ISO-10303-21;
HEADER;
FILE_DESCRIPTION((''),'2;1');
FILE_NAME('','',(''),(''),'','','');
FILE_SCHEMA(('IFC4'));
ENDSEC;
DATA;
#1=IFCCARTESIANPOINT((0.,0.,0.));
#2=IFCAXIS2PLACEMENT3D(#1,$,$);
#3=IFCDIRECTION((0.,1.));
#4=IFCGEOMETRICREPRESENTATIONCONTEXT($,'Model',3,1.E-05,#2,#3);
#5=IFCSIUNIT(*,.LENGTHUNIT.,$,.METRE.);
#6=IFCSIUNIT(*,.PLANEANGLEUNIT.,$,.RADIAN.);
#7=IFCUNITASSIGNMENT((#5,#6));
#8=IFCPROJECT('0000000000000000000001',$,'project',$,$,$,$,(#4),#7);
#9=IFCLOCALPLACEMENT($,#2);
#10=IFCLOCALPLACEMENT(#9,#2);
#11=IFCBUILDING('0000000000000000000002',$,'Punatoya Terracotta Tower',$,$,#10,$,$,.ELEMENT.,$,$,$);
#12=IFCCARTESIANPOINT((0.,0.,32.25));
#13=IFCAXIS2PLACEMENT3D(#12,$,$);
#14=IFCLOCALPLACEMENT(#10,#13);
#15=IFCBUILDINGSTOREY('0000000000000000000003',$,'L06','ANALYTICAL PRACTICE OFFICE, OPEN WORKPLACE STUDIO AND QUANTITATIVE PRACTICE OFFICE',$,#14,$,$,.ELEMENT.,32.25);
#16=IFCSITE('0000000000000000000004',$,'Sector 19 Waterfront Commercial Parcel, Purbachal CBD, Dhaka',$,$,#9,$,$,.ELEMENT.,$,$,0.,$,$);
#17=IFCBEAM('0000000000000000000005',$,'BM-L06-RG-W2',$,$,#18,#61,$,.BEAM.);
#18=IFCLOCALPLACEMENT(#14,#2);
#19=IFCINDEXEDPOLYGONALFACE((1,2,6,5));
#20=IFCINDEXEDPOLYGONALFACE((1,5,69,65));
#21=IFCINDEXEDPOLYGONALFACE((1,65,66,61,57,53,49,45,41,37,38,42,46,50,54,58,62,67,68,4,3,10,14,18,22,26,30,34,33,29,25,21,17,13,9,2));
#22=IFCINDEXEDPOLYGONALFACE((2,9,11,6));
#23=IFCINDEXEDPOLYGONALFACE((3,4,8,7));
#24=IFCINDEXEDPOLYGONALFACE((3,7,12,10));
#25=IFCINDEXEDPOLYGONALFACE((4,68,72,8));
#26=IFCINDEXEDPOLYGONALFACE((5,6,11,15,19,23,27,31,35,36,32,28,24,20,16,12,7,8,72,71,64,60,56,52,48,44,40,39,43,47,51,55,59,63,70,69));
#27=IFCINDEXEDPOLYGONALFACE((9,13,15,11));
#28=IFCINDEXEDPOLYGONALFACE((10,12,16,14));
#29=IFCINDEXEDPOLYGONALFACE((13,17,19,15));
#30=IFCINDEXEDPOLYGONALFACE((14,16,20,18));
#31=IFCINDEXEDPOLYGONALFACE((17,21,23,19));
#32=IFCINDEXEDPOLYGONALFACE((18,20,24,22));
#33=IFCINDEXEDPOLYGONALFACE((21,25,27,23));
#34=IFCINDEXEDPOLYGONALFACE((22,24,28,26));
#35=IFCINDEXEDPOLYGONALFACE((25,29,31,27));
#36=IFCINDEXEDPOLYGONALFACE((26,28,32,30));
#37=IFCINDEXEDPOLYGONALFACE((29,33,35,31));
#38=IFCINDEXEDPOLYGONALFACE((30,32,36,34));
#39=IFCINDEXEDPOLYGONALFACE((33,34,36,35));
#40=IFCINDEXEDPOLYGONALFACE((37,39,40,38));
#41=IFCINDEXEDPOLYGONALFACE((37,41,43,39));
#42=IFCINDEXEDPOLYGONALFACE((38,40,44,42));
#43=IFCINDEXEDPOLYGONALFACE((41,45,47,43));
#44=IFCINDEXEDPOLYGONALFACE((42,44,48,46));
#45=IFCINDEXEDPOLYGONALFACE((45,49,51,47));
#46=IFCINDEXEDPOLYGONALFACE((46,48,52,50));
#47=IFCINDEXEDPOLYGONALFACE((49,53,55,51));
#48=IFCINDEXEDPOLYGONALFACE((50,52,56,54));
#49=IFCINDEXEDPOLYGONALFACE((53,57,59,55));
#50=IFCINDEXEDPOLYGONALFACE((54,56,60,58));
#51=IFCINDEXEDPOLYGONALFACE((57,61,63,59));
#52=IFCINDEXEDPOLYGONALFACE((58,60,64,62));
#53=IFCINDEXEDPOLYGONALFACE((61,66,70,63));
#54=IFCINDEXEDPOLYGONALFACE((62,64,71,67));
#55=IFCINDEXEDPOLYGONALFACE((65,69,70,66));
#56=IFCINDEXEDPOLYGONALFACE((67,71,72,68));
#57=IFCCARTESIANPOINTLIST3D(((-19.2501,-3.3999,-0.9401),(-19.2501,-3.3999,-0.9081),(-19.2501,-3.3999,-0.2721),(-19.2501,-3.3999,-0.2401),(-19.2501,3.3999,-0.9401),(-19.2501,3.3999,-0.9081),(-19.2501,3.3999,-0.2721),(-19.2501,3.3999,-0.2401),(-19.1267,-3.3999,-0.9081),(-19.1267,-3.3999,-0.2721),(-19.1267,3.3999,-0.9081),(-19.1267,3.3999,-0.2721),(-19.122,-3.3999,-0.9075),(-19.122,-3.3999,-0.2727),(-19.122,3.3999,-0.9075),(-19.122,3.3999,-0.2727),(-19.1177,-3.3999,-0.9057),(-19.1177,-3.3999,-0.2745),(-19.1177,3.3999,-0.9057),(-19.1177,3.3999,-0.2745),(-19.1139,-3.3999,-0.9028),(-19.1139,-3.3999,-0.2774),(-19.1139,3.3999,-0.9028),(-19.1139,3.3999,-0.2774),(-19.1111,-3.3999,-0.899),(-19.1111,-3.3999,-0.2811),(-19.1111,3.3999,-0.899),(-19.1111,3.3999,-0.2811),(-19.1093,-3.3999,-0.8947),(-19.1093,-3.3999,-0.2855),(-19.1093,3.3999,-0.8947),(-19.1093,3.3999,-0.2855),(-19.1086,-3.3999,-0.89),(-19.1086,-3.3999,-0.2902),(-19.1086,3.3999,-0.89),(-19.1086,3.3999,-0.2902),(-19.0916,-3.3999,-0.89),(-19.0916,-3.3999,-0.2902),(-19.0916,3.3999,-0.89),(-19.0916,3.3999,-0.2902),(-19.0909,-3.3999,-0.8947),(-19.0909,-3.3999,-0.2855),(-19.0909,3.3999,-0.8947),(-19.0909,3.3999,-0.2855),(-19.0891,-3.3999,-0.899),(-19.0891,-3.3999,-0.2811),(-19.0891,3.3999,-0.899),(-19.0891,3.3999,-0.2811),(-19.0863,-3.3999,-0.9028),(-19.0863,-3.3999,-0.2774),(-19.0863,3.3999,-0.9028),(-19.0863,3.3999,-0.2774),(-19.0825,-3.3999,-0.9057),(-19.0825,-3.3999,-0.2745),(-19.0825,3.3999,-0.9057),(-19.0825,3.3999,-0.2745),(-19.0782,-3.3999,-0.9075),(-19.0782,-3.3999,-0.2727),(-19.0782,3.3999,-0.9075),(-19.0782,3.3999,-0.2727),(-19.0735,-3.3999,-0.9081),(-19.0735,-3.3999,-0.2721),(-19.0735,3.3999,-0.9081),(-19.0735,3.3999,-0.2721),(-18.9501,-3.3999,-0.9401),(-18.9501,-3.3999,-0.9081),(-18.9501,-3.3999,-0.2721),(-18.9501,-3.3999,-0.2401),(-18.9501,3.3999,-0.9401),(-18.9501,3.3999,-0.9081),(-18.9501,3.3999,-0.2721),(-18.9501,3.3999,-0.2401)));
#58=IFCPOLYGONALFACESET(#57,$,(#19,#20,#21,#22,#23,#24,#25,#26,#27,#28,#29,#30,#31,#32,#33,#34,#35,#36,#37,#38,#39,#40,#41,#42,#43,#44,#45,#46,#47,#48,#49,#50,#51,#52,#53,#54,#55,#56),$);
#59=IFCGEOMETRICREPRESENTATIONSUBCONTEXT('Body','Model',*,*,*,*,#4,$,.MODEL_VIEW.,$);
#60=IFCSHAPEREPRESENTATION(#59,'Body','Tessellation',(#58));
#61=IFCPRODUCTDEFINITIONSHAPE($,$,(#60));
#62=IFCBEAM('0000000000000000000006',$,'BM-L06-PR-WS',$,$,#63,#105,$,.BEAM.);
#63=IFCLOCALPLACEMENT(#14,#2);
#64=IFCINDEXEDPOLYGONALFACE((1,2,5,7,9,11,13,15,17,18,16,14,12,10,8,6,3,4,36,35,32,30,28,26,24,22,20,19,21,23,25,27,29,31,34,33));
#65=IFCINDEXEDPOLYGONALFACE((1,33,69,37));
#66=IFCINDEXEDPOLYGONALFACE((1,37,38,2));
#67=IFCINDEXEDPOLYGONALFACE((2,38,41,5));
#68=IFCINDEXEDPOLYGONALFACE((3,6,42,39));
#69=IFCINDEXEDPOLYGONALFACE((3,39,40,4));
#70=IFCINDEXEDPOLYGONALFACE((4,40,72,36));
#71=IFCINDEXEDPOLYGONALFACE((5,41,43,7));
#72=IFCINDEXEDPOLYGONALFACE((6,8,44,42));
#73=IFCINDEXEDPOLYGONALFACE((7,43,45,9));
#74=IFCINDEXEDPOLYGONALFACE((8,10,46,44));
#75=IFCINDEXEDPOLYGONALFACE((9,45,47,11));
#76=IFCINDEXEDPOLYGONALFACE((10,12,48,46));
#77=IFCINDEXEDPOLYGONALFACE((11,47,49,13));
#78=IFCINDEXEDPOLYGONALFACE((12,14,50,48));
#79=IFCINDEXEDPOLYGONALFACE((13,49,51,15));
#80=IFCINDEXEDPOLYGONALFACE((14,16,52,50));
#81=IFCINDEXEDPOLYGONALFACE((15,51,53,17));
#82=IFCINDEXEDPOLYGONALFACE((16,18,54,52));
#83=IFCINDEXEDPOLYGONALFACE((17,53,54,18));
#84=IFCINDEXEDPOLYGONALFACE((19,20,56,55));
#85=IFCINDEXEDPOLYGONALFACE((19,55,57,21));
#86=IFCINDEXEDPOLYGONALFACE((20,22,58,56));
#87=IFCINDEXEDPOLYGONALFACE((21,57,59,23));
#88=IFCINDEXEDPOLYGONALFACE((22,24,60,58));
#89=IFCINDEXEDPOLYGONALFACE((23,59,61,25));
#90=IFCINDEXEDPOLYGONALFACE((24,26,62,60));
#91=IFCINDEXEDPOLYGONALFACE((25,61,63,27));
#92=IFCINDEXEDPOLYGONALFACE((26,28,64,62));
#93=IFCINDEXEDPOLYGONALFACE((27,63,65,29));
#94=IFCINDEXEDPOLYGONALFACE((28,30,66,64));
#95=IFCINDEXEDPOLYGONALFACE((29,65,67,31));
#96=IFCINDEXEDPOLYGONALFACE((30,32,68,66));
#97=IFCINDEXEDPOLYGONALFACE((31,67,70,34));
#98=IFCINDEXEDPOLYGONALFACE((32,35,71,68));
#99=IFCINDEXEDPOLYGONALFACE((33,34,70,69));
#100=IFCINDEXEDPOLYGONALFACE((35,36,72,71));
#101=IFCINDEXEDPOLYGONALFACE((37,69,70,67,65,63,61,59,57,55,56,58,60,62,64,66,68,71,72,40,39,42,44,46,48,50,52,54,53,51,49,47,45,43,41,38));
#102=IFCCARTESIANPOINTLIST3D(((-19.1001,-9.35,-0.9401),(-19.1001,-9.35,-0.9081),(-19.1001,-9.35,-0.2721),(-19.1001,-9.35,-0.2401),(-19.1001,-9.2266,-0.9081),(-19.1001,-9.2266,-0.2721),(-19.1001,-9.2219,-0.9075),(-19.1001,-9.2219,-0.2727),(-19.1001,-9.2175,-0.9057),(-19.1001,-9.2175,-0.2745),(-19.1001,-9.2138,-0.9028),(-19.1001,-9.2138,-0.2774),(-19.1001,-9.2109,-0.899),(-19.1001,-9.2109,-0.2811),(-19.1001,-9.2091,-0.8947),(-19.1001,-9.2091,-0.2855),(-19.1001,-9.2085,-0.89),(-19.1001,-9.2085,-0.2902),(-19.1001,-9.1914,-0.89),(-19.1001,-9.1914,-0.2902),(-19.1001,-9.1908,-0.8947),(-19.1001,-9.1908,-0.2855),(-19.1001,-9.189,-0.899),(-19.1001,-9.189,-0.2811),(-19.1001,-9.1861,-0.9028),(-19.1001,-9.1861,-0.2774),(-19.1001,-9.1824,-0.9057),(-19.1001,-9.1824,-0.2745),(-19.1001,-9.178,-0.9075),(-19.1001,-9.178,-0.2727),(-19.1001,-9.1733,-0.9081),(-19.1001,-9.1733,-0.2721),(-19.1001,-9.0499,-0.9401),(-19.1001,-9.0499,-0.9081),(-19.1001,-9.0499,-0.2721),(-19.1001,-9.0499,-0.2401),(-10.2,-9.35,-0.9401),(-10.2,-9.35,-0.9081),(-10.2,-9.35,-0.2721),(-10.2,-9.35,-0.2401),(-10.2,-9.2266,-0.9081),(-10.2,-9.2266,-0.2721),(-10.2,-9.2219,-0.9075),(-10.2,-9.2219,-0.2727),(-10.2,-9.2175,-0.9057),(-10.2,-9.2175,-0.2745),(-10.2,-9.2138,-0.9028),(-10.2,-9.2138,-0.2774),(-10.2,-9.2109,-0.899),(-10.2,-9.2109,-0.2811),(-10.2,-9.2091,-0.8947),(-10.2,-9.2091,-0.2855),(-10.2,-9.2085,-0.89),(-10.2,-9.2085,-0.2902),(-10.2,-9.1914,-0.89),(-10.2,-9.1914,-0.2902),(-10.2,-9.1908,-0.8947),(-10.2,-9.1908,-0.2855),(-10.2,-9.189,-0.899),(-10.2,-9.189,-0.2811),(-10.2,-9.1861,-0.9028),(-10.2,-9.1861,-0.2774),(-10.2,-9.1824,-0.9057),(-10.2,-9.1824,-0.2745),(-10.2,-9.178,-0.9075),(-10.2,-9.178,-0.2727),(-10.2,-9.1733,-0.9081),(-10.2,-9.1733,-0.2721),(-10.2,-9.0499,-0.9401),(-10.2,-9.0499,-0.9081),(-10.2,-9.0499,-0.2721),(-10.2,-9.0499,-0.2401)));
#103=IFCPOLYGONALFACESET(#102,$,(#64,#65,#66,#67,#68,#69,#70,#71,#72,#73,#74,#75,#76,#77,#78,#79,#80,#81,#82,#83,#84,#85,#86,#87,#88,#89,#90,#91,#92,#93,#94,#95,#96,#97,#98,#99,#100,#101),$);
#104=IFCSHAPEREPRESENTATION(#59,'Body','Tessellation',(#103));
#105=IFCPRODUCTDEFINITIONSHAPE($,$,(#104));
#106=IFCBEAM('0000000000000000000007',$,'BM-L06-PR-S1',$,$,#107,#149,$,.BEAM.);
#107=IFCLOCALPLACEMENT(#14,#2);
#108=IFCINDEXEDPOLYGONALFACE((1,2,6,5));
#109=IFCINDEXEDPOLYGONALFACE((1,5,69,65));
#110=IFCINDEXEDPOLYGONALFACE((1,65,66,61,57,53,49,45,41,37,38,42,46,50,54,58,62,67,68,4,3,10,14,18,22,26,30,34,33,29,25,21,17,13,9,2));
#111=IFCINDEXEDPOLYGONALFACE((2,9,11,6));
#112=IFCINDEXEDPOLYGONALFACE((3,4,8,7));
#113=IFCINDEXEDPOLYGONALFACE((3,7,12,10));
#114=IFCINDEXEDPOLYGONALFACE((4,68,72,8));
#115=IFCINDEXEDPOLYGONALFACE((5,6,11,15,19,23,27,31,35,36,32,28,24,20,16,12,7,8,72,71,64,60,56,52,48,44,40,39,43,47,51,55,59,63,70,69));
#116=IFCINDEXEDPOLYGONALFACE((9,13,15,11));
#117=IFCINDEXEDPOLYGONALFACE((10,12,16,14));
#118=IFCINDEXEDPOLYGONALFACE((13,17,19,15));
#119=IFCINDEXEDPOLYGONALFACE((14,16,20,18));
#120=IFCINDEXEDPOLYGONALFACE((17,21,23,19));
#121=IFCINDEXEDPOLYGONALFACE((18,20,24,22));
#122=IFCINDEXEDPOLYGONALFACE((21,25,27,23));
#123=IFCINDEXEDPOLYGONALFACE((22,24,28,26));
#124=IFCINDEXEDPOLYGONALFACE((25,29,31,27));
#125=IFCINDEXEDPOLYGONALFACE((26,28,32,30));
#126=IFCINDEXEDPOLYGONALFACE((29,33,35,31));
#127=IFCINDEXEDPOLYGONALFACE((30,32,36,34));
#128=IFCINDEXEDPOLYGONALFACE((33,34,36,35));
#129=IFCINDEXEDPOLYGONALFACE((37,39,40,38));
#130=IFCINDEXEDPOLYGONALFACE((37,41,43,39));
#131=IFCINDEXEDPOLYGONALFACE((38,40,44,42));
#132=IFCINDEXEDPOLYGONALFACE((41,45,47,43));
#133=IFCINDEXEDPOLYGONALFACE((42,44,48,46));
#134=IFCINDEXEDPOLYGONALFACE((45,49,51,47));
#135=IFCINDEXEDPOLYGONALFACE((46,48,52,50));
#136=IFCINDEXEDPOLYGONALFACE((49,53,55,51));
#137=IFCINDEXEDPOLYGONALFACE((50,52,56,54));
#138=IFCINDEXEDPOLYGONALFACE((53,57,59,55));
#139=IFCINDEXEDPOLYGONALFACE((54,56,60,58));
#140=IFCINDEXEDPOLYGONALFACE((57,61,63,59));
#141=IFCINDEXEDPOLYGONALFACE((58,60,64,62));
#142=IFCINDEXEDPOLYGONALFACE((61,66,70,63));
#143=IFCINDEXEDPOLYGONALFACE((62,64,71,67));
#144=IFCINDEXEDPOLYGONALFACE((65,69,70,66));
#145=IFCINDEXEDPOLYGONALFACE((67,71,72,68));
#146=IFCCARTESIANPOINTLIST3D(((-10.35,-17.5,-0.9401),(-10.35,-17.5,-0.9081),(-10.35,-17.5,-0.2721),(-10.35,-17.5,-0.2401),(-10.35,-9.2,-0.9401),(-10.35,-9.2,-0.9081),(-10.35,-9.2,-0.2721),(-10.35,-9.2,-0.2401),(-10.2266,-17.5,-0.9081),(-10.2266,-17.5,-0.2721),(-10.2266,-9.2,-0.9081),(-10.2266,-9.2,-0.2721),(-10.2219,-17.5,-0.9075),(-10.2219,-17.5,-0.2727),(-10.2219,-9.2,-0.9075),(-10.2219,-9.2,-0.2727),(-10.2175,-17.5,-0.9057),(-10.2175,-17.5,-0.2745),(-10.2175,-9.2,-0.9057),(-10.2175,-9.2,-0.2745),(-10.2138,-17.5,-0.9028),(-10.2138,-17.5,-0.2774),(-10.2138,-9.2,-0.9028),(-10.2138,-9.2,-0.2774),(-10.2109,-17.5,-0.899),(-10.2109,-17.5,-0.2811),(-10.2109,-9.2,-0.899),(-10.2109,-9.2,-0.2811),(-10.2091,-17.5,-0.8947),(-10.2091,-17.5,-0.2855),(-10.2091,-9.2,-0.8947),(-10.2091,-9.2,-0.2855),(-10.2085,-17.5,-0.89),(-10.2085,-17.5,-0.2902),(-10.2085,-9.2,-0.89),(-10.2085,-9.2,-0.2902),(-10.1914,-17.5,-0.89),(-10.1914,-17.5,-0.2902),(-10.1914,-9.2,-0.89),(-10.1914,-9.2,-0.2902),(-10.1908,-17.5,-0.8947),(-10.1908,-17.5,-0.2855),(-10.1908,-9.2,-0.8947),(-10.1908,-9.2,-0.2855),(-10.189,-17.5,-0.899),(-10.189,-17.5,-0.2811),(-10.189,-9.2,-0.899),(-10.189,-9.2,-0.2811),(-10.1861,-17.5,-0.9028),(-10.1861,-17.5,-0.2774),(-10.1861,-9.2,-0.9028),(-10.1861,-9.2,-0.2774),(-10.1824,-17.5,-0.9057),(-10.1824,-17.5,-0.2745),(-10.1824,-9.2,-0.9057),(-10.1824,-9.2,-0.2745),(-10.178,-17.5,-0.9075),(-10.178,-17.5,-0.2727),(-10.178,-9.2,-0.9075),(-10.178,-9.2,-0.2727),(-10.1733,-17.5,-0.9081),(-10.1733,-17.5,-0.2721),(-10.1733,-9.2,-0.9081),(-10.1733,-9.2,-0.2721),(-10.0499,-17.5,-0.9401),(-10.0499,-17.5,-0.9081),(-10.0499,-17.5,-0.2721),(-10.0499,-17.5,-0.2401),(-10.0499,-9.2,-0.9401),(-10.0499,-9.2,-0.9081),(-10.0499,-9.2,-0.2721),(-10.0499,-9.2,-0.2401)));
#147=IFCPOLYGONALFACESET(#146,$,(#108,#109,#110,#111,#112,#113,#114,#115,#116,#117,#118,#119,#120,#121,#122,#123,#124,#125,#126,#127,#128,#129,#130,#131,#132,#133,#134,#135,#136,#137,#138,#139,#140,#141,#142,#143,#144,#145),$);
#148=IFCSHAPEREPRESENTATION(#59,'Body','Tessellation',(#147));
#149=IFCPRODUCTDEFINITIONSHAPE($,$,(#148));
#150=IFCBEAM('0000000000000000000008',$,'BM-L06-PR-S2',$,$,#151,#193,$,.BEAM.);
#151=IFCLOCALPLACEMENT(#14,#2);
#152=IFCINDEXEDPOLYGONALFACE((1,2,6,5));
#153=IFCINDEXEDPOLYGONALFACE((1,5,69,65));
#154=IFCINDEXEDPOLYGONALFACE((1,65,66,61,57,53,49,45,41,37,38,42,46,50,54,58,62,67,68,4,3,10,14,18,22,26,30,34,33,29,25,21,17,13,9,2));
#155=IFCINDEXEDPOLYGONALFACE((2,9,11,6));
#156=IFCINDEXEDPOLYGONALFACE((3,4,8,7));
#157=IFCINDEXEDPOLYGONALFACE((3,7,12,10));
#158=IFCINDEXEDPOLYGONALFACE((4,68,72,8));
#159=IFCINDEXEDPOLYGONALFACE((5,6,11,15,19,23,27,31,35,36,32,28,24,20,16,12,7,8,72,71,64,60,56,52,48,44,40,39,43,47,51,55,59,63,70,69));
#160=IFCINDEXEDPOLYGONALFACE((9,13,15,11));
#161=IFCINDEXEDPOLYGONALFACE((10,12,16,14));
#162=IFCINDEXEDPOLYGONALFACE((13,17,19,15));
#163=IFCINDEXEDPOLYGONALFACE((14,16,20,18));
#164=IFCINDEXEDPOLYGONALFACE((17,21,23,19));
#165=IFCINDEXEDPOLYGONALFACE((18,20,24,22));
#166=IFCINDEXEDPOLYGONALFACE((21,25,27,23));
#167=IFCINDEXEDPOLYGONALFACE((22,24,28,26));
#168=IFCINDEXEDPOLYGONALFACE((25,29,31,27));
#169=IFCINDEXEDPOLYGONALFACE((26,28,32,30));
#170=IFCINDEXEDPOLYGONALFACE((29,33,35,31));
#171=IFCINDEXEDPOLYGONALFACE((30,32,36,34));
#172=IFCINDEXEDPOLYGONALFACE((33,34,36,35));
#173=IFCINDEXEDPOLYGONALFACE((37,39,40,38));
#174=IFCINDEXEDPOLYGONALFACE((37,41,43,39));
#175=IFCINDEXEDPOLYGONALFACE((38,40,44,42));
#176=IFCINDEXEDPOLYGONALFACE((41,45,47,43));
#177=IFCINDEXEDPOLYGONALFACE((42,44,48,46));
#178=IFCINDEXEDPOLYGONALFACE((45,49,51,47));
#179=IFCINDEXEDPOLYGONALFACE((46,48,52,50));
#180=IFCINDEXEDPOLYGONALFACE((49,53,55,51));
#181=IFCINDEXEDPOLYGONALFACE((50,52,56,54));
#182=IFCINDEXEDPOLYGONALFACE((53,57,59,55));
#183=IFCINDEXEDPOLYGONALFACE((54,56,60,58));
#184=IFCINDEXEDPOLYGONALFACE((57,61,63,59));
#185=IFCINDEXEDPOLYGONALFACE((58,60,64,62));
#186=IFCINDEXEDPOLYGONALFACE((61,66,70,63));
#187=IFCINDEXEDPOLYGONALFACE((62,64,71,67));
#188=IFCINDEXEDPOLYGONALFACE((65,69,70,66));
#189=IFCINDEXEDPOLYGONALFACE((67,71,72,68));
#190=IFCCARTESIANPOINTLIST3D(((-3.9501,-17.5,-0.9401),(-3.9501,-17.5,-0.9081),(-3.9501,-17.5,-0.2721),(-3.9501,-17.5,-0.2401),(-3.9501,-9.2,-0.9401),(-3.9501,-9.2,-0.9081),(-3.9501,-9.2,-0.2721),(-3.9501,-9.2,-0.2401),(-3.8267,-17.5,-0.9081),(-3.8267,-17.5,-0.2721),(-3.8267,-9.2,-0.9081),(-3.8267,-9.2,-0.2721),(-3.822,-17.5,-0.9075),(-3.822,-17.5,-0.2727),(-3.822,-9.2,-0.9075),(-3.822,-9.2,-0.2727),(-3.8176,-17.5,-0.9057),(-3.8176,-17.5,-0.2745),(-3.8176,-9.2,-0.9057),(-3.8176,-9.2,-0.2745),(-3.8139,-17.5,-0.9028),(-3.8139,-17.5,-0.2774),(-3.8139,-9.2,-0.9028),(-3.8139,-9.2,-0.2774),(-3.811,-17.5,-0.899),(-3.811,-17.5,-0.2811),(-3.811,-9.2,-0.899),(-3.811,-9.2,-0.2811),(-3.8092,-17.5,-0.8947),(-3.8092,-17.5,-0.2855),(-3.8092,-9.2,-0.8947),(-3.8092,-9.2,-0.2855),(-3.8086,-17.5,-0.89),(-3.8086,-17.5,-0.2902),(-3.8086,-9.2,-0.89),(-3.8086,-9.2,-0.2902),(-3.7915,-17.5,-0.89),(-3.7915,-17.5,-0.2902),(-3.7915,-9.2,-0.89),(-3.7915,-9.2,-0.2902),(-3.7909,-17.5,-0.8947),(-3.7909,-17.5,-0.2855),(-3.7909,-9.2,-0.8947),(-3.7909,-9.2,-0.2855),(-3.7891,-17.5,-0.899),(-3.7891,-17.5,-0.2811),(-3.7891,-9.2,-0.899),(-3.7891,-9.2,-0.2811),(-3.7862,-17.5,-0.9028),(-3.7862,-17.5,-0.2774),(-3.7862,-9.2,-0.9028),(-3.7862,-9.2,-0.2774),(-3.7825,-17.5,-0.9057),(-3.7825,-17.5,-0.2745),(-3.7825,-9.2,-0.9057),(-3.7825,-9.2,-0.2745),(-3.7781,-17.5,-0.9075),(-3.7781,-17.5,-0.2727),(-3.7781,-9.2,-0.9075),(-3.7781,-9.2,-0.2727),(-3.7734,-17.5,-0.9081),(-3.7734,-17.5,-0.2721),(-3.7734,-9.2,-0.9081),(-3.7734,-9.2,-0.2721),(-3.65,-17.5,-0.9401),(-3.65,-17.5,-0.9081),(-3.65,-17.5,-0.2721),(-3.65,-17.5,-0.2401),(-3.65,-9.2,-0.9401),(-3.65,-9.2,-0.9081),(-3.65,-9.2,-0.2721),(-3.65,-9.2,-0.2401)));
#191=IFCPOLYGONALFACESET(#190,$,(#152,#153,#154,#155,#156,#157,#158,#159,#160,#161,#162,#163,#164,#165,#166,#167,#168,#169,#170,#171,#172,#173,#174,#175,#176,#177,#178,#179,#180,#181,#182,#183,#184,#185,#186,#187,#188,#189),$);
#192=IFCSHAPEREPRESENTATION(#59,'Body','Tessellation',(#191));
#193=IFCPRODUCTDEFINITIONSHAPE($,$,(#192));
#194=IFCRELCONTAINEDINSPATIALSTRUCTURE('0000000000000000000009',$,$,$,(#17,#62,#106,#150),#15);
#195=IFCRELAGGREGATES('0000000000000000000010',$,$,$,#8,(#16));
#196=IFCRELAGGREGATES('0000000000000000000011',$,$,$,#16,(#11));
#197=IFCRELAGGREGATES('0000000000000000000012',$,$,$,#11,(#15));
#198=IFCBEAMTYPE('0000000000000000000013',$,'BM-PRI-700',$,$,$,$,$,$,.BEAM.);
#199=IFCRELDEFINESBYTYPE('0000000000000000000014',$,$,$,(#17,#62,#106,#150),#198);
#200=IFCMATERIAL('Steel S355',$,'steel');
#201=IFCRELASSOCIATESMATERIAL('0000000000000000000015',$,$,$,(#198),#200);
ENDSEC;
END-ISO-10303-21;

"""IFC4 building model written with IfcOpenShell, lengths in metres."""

from ifc_helpers import new_model, si_unit, direction, frame, origin, origin_2d, place, context, subcontext, project, spatial, i_section, extrude, material, material_profile, profile_set, type_object, element, save


model = new_model("IFC4")

# Units and contexts
model_context = context("Model", 3, precision=1e-05, world=origin(), true_north=direction((0.0, 1.0)))
body_context = subcontext(model_context, "Body", "Model", "MODEL_VIEW")
ifc_project = project(units=[si_unit("LENGTHUNIT", "METRE"), si_unit("PLANEANGLEUNIT", "RADIAN")], contexts=[model_context])

# Site, building, storey
site_placement = place(None, origin())
site = spatial("IfcSite", under=ifc_project, at=site_placement, Name="Sector 19 Waterfront Commercial Parcel, Purbachal CBD, Dhaka", CompositionType="ELEMENT", RefElevation=0.0)
building_placement = place(site_placement, origin())
building = spatial("IfcBuilding", under=site, at=building_placement, Name="Punatoya Terracotta Tower", CompositionType="ELEMENT")
storey_placement = place(building_placement, frame((0.0, 0.0, 32.25)))
storey = spatial("IfcBuildingStorey", under=building, at=storey_placement, Name="L06", Description="ANALYTICAL PRACTICE OFFICE, OPEN WORKPLACE STUDIO AND QUANTITATIVE PRACTICE OFFICE", CompositionType="ELEMENT", Elevation=32.25)

# Beams
ifc_material_1 = material(Name="Steel S355", Category="steel")
ifc_material_profile_1 = material_profile(ifc_material_1, i_section(OverallWidth=0.3, OverallDepth=0.7, WebThickness=0.0171, FlangeThickness=0.032, FilletRadius=0.0181, at=origin_2d()))
ifc_profile_set_1 = profile_set([ifc_material_profile_1], Name="Steel S355")
beam_type_1 = type_object("IfcBeamType", Name="BM-PRI-700", PredefinedType="BEAM", material=ifc_profile_set_1)
beam_1_placement = place(storey_placement, frame((-19.1001, -3.3999, -0.5901), z_axis=(0.0, 1.0, 0.0), x_axis=(-1.0, 0.0, 0.0)))
element("IfcBeam", 1, at=beam_1_placement, inside=storey, type_object=beam_type_1, Name="BM-L06-RG-W2", PredefinedType="BEAM", context=body_context, shape_type="SweptSolid", body=[
    extrude(i_section(OverallWidth=0.3, OverallDepth=0.7, WebThickness=0.0171, FlangeThickness=0.032, FilletRadius=0.0181, at=origin_2d()), origin(), (0.0, 0.0, 1.0), 6.7998),
])
beam_2_placement = place(storey_placement, frame((-19.1001, -9.2, -0.5901), z_axis=(1.0, 0.0, 0.0), x_axis=(0.0, 1.0, 0.0)))
element("IfcBeam", 2, at=beam_2_placement, inside=storey, type_object=beam_type_1, Name="BM-L06-PR-WS", PredefinedType="BEAM", context=body_context, shape_type="SweptSolid", body=[
    extrude(i_section(OverallWidth=0.3, OverallDepth=0.7, WebThickness=0.0171, FlangeThickness=0.032, FilletRadius=0.0181, at=origin_2d()), origin(), (0.0, 0.0, 1.0), 8.9001),
])
for number, where, z_axis, x_axis, name in (
    (3, (-10.2, -17.5, -0.5901), (0.0, 1.0, 0.0), (-1.0, 0.0, 0.0), "BM-L06-PR-S1"),
    (4, (-3.8, -17.5, -0.5901), (0.0, 1.0, 0.0), (-1.0, 0.0, 0.0), "BM-L06-PR-S2"),
):
    element("IfcBeam", number, at=place(storey_placement, frame(where, z_axis=z_axis, x_axis=x_axis)), inside=storey, type_object=beam_type_1, Name=name, PredefinedType="BEAM", context=body_context, shape_type="SweptSolid", body=[
        extrude(i_section(OverallWidth=0.3, OverallDepth=0.7, WebThickness=0.0171, FlangeThickness=0.032, FilletRadius=0.0181, at=origin_2d()), origin(), (0.0, 0.0, 1.0), 8.3),
    ])

save(model, "model.ifc")
